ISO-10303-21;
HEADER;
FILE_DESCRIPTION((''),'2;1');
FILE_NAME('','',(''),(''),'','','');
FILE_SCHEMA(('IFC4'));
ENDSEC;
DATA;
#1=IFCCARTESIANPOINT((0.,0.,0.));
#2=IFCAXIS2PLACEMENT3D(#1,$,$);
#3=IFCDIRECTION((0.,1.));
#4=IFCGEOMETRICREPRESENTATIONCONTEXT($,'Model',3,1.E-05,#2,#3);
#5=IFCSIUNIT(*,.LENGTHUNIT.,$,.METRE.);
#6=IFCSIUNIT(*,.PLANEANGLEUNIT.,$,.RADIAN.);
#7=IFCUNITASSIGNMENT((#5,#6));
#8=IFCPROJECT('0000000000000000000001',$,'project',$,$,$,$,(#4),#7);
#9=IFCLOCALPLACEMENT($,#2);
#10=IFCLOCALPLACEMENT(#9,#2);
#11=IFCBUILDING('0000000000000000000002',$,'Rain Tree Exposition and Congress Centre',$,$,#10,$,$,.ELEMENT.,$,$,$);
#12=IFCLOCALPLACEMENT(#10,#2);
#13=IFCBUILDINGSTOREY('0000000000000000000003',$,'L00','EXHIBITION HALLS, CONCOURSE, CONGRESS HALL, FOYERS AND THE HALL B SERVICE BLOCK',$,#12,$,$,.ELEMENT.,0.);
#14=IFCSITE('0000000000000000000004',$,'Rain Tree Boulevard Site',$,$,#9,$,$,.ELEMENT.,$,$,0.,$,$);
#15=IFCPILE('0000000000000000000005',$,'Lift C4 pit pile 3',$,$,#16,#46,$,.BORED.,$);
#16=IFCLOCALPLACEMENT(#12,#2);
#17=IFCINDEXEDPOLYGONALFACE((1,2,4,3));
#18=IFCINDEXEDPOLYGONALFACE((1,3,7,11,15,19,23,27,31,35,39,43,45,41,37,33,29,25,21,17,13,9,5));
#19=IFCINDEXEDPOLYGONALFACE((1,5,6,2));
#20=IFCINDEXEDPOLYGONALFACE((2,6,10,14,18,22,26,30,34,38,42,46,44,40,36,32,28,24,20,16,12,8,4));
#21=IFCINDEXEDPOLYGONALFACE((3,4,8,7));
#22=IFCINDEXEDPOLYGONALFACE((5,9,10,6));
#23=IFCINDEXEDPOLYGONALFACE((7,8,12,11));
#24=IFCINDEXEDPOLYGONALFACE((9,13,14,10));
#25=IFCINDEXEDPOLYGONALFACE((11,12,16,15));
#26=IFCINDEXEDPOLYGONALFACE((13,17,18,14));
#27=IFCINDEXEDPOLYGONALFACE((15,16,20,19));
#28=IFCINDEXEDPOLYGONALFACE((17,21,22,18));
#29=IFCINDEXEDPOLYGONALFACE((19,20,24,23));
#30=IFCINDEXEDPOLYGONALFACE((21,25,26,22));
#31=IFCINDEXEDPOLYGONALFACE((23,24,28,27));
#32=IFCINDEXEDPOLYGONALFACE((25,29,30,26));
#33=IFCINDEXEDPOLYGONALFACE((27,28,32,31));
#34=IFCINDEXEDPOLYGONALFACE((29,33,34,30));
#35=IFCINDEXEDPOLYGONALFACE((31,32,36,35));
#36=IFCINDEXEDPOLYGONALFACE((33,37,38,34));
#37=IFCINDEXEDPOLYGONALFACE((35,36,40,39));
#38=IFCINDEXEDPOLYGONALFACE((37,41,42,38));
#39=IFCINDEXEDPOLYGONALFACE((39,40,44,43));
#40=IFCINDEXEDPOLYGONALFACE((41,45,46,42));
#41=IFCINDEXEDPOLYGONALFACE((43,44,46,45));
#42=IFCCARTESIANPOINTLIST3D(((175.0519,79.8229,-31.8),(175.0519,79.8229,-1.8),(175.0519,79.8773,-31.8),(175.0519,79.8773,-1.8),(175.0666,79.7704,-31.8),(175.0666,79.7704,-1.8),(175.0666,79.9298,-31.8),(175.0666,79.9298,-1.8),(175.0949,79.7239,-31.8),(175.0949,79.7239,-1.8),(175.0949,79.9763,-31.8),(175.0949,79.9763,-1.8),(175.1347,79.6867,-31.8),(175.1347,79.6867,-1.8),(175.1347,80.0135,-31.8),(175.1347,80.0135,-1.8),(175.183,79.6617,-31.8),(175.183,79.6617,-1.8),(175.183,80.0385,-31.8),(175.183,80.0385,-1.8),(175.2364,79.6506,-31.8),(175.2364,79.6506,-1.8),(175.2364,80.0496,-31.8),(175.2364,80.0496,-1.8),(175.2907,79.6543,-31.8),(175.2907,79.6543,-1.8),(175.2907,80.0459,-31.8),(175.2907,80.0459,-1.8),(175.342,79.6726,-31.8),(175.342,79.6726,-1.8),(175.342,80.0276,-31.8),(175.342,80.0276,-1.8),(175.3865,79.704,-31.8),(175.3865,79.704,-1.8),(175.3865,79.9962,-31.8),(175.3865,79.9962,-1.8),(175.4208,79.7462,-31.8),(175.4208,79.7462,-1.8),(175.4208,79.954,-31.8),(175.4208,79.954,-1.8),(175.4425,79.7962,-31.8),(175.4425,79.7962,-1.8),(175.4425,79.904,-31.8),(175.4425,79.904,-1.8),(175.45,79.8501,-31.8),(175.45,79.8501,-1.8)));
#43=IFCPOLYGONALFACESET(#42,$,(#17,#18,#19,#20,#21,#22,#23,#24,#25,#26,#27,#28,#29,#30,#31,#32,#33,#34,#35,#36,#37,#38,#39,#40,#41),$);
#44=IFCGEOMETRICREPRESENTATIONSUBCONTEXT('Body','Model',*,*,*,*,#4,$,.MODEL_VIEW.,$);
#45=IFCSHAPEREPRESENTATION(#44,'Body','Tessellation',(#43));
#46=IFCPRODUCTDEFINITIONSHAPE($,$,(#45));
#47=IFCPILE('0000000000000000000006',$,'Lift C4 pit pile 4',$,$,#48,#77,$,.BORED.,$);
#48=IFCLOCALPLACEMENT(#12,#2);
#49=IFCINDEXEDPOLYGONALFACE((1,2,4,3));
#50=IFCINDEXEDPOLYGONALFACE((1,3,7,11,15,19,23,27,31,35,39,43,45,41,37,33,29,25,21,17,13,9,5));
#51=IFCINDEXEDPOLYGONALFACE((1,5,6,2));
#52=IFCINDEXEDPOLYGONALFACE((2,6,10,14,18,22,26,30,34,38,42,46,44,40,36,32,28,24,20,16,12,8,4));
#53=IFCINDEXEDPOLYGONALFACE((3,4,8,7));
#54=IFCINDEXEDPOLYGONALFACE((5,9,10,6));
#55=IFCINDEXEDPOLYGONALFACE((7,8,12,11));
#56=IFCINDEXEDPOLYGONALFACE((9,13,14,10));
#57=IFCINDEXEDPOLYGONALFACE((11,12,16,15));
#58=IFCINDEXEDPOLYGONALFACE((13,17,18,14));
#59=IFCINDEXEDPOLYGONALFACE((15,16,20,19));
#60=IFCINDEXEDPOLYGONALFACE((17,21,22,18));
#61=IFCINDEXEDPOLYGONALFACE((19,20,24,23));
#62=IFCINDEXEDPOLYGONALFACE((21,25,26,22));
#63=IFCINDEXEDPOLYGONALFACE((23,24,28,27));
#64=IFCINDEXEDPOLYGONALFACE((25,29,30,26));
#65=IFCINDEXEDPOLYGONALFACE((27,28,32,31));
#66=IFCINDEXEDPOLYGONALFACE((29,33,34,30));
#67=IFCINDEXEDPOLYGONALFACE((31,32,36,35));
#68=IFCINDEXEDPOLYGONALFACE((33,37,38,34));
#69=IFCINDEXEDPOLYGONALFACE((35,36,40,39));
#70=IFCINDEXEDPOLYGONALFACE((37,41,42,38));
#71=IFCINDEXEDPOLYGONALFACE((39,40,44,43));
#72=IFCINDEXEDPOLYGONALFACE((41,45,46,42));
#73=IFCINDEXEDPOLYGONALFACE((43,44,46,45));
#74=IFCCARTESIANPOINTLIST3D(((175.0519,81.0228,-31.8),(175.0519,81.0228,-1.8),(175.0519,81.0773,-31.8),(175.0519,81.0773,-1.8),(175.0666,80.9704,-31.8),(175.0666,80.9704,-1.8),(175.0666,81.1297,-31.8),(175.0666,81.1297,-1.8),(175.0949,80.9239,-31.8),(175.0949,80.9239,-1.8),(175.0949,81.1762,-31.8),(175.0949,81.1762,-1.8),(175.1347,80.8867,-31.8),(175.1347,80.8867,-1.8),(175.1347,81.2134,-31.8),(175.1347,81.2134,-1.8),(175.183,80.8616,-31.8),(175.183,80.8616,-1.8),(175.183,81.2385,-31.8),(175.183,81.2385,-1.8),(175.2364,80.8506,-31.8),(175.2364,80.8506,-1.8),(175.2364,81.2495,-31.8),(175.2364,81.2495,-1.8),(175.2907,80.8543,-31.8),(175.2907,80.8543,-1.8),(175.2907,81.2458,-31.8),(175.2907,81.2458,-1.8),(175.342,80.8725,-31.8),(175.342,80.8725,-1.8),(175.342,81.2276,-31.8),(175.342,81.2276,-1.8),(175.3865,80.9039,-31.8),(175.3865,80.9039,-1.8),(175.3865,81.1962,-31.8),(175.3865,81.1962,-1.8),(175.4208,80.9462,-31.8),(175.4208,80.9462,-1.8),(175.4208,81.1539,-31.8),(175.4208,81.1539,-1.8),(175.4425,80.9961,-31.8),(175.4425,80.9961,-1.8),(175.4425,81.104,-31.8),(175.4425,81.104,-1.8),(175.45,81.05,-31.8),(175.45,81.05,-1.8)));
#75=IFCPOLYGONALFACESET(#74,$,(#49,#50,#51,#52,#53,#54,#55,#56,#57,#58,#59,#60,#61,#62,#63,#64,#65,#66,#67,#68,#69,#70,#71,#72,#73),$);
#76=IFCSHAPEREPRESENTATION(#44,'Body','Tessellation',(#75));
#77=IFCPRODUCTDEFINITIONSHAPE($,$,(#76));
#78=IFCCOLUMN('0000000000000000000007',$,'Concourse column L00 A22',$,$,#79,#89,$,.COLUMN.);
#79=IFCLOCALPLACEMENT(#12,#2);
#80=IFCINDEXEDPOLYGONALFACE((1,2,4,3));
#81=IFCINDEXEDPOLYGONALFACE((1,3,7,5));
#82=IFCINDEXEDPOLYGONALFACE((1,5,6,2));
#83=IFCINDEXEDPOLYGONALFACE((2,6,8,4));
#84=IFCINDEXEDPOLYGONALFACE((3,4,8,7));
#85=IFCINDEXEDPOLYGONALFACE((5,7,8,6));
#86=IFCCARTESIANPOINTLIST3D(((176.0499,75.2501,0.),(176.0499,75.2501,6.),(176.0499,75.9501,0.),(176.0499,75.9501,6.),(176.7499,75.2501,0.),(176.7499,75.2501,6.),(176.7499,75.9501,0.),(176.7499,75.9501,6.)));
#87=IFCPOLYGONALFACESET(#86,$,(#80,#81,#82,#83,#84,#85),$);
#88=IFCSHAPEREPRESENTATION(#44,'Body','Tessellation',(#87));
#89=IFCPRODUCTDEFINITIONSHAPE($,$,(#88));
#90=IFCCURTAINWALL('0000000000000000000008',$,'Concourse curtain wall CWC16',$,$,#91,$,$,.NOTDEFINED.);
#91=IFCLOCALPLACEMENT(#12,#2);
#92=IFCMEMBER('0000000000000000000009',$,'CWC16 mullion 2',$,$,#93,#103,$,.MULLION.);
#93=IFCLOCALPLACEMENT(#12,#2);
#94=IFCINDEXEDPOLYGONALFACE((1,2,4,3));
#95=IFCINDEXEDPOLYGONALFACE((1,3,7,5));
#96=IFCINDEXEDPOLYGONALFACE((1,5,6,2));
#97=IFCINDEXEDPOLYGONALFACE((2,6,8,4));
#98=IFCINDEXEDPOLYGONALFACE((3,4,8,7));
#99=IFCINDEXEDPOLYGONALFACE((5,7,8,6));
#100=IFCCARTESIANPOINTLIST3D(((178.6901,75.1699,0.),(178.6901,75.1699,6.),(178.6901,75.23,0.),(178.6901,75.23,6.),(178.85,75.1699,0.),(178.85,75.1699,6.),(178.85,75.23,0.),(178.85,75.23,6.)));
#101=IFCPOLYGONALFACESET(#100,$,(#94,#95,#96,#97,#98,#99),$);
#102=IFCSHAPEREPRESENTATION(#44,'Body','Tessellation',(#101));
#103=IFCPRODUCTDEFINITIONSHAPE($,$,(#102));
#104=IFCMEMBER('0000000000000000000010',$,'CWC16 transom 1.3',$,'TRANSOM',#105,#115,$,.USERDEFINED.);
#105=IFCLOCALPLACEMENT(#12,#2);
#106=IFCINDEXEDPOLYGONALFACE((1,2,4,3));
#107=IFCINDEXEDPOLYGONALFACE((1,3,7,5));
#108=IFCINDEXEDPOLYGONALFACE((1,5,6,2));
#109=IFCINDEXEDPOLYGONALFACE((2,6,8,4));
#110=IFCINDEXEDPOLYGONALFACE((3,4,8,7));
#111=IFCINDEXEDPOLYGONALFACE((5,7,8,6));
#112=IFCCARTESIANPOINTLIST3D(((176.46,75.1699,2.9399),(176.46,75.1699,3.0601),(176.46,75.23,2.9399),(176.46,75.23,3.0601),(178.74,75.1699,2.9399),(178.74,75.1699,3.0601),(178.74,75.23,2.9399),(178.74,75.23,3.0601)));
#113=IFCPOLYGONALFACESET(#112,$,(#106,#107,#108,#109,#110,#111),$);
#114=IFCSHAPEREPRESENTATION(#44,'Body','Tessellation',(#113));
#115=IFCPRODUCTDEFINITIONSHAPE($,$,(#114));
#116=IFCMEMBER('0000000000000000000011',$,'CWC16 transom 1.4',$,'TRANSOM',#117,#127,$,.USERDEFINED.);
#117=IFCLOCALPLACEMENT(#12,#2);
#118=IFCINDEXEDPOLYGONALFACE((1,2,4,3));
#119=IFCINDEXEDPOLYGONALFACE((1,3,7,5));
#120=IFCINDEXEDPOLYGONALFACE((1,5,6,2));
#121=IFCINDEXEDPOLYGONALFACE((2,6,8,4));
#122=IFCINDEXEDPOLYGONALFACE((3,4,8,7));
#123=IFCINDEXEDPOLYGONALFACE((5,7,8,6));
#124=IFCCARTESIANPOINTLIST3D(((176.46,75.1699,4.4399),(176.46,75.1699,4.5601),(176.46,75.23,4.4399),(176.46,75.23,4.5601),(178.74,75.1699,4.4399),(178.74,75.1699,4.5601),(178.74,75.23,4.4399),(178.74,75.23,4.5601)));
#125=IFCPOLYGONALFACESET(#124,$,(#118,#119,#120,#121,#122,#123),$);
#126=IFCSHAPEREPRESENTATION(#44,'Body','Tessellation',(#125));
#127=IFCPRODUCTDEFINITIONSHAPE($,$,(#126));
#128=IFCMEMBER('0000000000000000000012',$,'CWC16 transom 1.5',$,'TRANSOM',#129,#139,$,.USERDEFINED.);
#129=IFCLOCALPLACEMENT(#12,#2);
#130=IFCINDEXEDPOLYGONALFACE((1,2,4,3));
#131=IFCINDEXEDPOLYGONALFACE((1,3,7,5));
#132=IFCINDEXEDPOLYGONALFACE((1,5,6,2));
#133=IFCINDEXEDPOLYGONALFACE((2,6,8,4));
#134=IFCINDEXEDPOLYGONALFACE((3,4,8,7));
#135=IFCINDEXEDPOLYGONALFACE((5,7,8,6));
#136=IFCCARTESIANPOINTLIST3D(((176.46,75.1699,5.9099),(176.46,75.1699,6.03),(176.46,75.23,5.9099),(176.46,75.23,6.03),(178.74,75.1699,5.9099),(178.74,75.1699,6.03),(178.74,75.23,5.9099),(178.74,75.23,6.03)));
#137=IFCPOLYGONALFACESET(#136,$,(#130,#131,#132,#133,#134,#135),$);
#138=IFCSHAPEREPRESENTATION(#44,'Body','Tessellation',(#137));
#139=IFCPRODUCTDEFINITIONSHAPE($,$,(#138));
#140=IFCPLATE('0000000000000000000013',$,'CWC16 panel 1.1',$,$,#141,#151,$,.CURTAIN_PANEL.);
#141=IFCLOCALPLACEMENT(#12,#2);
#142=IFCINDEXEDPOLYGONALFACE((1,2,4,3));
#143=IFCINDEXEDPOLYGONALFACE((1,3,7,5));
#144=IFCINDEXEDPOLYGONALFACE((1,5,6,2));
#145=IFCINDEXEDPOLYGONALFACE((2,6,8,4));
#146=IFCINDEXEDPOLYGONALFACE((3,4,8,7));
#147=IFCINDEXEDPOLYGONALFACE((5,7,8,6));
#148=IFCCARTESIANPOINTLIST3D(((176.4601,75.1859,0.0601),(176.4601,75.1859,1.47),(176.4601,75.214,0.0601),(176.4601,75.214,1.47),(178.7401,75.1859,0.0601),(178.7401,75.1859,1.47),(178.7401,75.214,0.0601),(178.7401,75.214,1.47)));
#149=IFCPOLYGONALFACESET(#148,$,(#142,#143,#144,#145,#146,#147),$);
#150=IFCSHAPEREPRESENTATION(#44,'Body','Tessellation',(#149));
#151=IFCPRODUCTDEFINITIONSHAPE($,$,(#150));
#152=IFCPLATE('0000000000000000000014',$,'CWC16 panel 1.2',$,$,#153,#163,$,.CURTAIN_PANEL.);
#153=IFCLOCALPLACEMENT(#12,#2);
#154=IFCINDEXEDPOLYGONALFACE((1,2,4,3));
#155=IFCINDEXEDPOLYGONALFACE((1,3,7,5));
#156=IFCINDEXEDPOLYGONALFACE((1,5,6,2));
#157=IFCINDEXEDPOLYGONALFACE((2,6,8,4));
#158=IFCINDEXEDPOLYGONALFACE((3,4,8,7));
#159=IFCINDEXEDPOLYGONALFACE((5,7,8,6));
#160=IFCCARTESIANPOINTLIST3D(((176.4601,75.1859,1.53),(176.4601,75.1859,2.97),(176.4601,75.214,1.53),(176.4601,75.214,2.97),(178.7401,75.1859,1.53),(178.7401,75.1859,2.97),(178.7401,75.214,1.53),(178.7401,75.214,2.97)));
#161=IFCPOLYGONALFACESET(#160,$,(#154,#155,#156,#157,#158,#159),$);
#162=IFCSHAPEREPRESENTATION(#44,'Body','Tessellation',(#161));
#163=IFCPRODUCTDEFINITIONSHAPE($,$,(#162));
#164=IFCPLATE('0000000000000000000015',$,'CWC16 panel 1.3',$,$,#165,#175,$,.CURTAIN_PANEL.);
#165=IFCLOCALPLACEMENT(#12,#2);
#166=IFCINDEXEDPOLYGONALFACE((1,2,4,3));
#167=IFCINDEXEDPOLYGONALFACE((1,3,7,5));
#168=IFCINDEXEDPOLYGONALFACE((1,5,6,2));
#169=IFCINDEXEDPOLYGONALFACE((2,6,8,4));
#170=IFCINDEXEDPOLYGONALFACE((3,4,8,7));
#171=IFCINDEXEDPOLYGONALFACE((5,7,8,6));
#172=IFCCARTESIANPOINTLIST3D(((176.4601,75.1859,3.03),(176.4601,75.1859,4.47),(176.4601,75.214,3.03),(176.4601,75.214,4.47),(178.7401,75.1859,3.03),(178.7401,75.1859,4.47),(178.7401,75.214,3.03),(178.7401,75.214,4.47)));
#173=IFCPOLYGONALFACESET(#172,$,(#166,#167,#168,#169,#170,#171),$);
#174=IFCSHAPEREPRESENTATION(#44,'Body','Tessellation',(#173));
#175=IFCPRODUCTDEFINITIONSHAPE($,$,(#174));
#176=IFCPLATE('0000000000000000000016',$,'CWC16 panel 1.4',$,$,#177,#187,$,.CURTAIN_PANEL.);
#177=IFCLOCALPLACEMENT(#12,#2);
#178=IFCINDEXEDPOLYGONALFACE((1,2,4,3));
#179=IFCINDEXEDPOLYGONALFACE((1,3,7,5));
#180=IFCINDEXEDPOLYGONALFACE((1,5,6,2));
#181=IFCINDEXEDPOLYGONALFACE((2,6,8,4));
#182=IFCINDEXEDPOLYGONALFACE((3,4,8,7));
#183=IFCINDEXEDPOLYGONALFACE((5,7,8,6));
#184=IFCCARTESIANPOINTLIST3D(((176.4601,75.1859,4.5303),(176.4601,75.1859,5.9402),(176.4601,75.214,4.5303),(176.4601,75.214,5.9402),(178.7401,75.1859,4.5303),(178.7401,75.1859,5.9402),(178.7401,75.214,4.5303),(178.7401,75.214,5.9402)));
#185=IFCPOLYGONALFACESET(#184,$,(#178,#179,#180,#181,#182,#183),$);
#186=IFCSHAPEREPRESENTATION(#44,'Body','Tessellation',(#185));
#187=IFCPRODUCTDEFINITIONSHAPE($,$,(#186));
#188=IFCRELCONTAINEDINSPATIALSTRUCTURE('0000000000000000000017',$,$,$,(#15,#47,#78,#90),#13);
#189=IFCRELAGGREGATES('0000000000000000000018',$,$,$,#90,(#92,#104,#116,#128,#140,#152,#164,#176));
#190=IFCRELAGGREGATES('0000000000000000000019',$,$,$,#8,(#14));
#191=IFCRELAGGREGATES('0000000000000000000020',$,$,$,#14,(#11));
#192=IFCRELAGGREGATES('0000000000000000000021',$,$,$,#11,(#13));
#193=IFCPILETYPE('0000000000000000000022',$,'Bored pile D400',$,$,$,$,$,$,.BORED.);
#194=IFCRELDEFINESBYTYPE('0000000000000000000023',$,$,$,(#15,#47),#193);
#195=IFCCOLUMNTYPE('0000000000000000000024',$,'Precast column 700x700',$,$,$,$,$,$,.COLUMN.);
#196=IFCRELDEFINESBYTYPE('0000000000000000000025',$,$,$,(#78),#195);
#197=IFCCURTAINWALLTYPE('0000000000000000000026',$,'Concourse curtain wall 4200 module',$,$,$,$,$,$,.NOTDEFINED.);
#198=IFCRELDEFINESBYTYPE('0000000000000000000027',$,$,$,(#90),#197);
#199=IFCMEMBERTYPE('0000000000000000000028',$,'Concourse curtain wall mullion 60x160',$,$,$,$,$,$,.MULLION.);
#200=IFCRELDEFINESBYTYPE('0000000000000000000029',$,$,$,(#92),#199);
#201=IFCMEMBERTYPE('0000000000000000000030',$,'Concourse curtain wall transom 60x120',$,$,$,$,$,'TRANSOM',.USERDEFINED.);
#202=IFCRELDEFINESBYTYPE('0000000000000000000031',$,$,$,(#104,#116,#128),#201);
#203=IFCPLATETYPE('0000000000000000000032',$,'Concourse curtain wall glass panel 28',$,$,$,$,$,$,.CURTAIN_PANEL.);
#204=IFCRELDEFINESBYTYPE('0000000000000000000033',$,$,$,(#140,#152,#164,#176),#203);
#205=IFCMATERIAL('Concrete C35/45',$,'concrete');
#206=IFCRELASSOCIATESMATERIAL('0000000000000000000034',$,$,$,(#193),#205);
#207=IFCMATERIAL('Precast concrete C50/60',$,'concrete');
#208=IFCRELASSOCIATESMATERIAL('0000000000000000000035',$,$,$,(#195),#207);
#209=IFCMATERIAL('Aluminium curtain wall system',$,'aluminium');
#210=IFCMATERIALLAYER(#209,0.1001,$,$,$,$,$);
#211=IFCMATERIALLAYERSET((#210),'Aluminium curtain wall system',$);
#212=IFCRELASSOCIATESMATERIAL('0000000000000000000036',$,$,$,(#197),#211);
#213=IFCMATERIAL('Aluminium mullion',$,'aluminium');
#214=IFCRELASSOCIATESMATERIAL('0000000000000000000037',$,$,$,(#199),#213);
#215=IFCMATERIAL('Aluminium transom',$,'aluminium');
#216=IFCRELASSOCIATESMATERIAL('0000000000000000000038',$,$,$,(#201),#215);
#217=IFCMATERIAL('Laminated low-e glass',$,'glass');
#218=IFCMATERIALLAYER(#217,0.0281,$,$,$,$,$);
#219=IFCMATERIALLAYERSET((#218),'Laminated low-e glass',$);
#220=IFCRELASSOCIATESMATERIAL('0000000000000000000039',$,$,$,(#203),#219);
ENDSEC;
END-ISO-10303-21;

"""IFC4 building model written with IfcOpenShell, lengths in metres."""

from ifc_helpers import new_model, si_unit, direction, frame, origin, origin_2d, place, context, subcontext, project, spatial, rectangle, circle, extrude, material, layer, layer_set, material_profile, profile_set, type_object, element, aggregate, save


model = new_model("IFC4")

# Units and contexts
model_context = context("Model", 3, precision=1e-05, world=origin(), true_north=direction((0.0, 1.0)))
body_context = subcontext(model_context, "Body", "Model", "MODEL_VIEW")
ifc_project = project(units=[si_unit("LENGTHUNIT", "METRE"), si_unit("PLANEANGLEUNIT", "RADIAN")], contexts=[model_context])

# Site, building, storey
site_placement = place(None, origin())
site = spatial("IfcSite", under=ifc_project, at=site_placement, Name="Rain Tree Boulevard Site", CompositionType="ELEMENT", RefElevation=0.0)
building_placement = place(site_placement, origin())
building = spatial("IfcBuilding", under=site, at=building_placement, Name="Rain Tree Exposition and Congress Centre", CompositionType="ELEMENT")
storey_placement = place(building_placement, origin())
storey = spatial("IfcBuildingStorey", under=building, at=storey_placement, Name="L00", Description="EXHIBITION HALLS, CONCOURSE, CONGRESS HALL, FOYERS AND THE HALL B SERVICE BLOCK", CompositionType="ELEMENT", Elevation=0.0)

# Piles
ifc_material_1 = material(Name="Concrete C35/45", Category="concrete")
ifc_material_profile_1 = material_profile(ifc_material_1, circle(Radius=0.2, at=origin_2d()), Name="D400")
ifc_profile_set_1 = profile_set([ifc_material_profile_1], Name="Concrete C35/45")
pile_type = type_object("IfcPileType", Name="Bored pile D400", PredefinedType="BORED", material=ifc_profile_set_1)
for number, where, z_axis, x_axis, name in (
    (1, (175.25, 79.8501, -1.8), (0.0, 0.0, -1.0), (1.0, 0.0, 0.0), "Lift C4 pit pile 3"),
    (2, (175.25, 81.05, -1.8), (0.0, 0.0, -1.0), (1.0, 0.0, 0.0), "Lift C4 pit pile 4"),
):
    element("IfcPile", number, at=place(storey_placement, frame(where, z_axis=z_axis, x_axis=x_axis)), inside=storey, type_object=pile_type, Name=name, PredefinedType="BORED", context=body_context, shape_type="SweptSolid", body=[
        extrude(circle(Radius=0.2, at=origin_2d()), origin(), (0.0, 0.0, 1.0), 30.0),
    ])

# Column
ifc_material_2 = material(Name="Precast concrete C50/60", Category="concrete")
ifc_material_profile_2 = material_profile(ifc_material_2, rectangle(XDim=0.7, YDim=0.7, at=origin_2d()), Name="RC 700x700")
ifc_profile_set_2 = profile_set([ifc_material_profile_2], Name="Precast concrete C50/60")
column_type = type_object("IfcColumnType", Name="Precast column 700x700", PredefinedType="COLUMN", material=ifc_profile_set_2)
column_placement = place(storey_placement, frame((176.3999, 75.6001, 0.0), z_axis=(0.0, 0.0, 1.0), x_axis=(1.0, 0.0, 0.0)))
element("IfcColumn", 3, at=column_placement, inside=storey, type_object=column_type, Name="Concourse column L00 A22", PredefinedType="COLUMN", context=body_context, shape_type="SweptSolid", body=[
    extrude(rectangle(XDim=0.7, YDim=0.7, at=origin_2d()), origin(), (0.0, 0.0, 1.0), 6.0),
])

# Curtain wall, members, plates
ifc_material_3 = material(Name="Aluminium curtain wall system", Category="aluminium")
ifc_layer_1 = layer(ifc_material_3, 0.1001)
ifc_layer_set_1 = layer_set([ifc_layer_1], Name="Aluminium curtain wall system")
curtain_wall_type = type_object("IfcCurtainWallType", Name="Concourse curtain wall 4200 module", PredefinedType="NOTDEFINED", material=ifc_layer_set_1)
curtain_wall_placement = place(storey_placement, origin())
curtain_wall = element("IfcCurtainWall", 4, at=curtain_wall_placement, inside=storey, type_object=curtain_wall_type, Name="Concourse curtain wall CWC16", PredefinedType="NOTDEFINED")
ifc_material_4 = material(Name="Aluminium mullion", Category="aluminium")
ifc_material_profile_3 = material_profile(ifc_material_4, rectangle(XDim=0.0601, YDim=0.1599, at=origin_2d()), Name="AL 60x160")
ifc_profile_set_3 = profile_set([ifc_material_profile_3], Name="Aluminium mullion")
member_type_1 = type_object("IfcMemberType", Name="Concourse curtain wall mullion 60x160", PredefinedType="MULLION", material=ifc_profile_set_3)
member_1_placement = place(storey_placement, frame((178.77, 75.2, 0.0), z_axis=(0.0, 0.0, 1.0), x_axis=(0.0, 1.0, 0.0)))
member_1 = element("IfcMember", 5, at=member_1_placement, type_object=member_type_1, Name="CWC16 mullion 2", PredefinedType="MULLION", context=body_context, shape_type="SweptSolid", body=[
    extrude(rectangle(XDim=0.0601, YDim=0.1599, at=origin_2d()), origin(), (0.0, 0.0, 1.0), 6.0),
])
ifc_material_5 = material(Name="Aluminium transom", Category="aluminium")
ifc_material_profile_4 = material_profile(ifc_material_5, rectangle(XDim=0.0601, YDim=0.1201, at=origin_2d()), Name="AL 60x120")
ifc_profile_set_4 = profile_set([ifc_material_profile_4], Name="Aluminium transom")
member_type_2 = type_object("IfcMemberType", Name="Concourse curtain wall transom 60x120", ElementType="TRANSOM", PredefinedType="USERDEFINED", material=ifc_profile_set_4)
member_2_placement = place(storey_placement, frame((176.46, 75.2, 3.0), z_axis=(1.0, 0.0, 0.0), x_axis=(0.0, 1.0, 0.0)))
member_2 = element("IfcMember", 6, at=member_2_placement, type_object=member_type_2, Name="CWC16 transom 1.3", ObjectType="TRANSOM", PredefinedType="USERDEFINED", context=body_context, shape_type="SweptSolid", body=[
    extrude(rectangle(XDim=0.0601, YDim=0.1201, at=origin_2d()), origin(), (0.0, 0.0, 1.0), 2.28),
])
member_3_placement = place(storey_placement, frame((176.46, 75.2, 4.5), z_axis=(1.0, 0.0, 0.0), x_axis=(0.0, 1.0, 0.0)))
member_3 = element("IfcMember", 7, at=member_3_placement, type_object=member_type_2, Name="CWC16 transom 1.4", ObjectType="TRANSOM", PredefinedType="USERDEFINED", context=body_context, shape_type="SweptSolid", body=[
    extrude(rectangle(XDim=0.0601, YDim=0.1201, at=origin_2d()), origin(), (0.0, 0.0, 1.0), 2.28),
])
member_4_placement = place(storey_placement, frame((176.46, 75.2, 5.97), z_axis=(1.0, 0.0, 0.0), x_axis=(0.0, 1.0, 0.0)))
member_4 = element("IfcMember", 8, at=member_4_placement, type_object=member_type_2, Name="CWC16 transom 1.5", ObjectType="TRANSOM", PredefinedType="USERDEFINED", context=body_context, shape_type="SweptSolid", body=[
    extrude(rectangle(XDim=0.0601, YDim=0.1201, at=origin_2d()), origin(), (0.0, 0.0, 1.0), 2.28),
])
ifc_material_6 = material(Name="Laminated low-e glass", Category="glass")
ifc_layer_2 = layer(ifc_material_6, 0.0281)
ifc_layer_set_2 = layer_set([ifc_layer_2], Name="Laminated low-e glass")
plate_type = type_object("IfcPlateType", Name="Concourse curtain wall glass panel 28", PredefinedType="CURTAIN_PANEL", material=ifc_layer_set_2)
plate_1_placement = place(storey_placement, frame((177.6001, 75.2, 0.0601), z_axis=(0.0, 0.0, 1.0), x_axis=(1.0, 0.0, 0.0)))
plate_1 = element("IfcPlate", 9, at=plate_1_placement, type_object=plate_type, Name="CWC16 panel 1.1", PredefinedType="CURTAIN_PANEL", context=body_context, shape_type="SweptSolid", body=[
    extrude(rectangle(XDim=2.28, YDim=0.0281, at=origin_2d()), origin(), (0.0, 0.0, 1.0), 1.4099),
])
plate_2_placement = place(storey_placement, frame((177.6001, 75.2, 1.53), z_axis=(0.0, 0.0, 1.0), x_axis=(1.0, 0.0, 0.0)))
plate_2 = element("IfcPlate", 10, at=plate_2_placement, type_object=plate_type, Name="CWC16 panel 1.2", PredefinedType="CURTAIN_PANEL", context=body_context, shape_type="SweptSolid", body=[
    extrude(rectangle(XDim=2.28, YDim=0.0281, at=origin_2d()), origin(), (0.0, 0.0, 1.0), 1.4399),
])
plate_3_placement = place(storey_placement, frame((177.6001, 75.2, 3.03), z_axis=(0.0, 0.0, 1.0), x_axis=(1.0, 0.0, 0.0)))
plate_3 = element("IfcPlate", 11, at=plate_3_placement, type_object=plate_type, Name="CWC16 panel 1.3", PredefinedType="CURTAIN_PANEL", context=body_context, shape_type="SweptSolid", body=[
    extrude(rectangle(XDim=2.28, YDim=0.0281, at=origin_2d()), origin(), (0.0, 0.0, 1.0), 1.4399),
])
plate_4_placement = place(storey_placement, frame((177.6001, 75.2, 4.5303), z_axis=(0.0, 0.0, 1.0), x_axis=(1.0, 0.0, 0.0)))
plate_4 = element("IfcPlate", 12, at=plate_4_placement, type_object=plate_type, Name="CWC16 panel 1.4", PredefinedType="CURTAIN_PANEL", context=body_context, shape_type="SweptSolid", body=[
    extrude(rectangle(XDim=2.28, YDim=0.0281, at=origin_2d()), origin(), (0.0, 0.0, 1.0), 1.4099),
])
aggregate(curtain_wall, [member_1, member_2, member_3, member_4, plate_1, plate_2, plate_3, plate_4])

save(model, "model.ifc")
